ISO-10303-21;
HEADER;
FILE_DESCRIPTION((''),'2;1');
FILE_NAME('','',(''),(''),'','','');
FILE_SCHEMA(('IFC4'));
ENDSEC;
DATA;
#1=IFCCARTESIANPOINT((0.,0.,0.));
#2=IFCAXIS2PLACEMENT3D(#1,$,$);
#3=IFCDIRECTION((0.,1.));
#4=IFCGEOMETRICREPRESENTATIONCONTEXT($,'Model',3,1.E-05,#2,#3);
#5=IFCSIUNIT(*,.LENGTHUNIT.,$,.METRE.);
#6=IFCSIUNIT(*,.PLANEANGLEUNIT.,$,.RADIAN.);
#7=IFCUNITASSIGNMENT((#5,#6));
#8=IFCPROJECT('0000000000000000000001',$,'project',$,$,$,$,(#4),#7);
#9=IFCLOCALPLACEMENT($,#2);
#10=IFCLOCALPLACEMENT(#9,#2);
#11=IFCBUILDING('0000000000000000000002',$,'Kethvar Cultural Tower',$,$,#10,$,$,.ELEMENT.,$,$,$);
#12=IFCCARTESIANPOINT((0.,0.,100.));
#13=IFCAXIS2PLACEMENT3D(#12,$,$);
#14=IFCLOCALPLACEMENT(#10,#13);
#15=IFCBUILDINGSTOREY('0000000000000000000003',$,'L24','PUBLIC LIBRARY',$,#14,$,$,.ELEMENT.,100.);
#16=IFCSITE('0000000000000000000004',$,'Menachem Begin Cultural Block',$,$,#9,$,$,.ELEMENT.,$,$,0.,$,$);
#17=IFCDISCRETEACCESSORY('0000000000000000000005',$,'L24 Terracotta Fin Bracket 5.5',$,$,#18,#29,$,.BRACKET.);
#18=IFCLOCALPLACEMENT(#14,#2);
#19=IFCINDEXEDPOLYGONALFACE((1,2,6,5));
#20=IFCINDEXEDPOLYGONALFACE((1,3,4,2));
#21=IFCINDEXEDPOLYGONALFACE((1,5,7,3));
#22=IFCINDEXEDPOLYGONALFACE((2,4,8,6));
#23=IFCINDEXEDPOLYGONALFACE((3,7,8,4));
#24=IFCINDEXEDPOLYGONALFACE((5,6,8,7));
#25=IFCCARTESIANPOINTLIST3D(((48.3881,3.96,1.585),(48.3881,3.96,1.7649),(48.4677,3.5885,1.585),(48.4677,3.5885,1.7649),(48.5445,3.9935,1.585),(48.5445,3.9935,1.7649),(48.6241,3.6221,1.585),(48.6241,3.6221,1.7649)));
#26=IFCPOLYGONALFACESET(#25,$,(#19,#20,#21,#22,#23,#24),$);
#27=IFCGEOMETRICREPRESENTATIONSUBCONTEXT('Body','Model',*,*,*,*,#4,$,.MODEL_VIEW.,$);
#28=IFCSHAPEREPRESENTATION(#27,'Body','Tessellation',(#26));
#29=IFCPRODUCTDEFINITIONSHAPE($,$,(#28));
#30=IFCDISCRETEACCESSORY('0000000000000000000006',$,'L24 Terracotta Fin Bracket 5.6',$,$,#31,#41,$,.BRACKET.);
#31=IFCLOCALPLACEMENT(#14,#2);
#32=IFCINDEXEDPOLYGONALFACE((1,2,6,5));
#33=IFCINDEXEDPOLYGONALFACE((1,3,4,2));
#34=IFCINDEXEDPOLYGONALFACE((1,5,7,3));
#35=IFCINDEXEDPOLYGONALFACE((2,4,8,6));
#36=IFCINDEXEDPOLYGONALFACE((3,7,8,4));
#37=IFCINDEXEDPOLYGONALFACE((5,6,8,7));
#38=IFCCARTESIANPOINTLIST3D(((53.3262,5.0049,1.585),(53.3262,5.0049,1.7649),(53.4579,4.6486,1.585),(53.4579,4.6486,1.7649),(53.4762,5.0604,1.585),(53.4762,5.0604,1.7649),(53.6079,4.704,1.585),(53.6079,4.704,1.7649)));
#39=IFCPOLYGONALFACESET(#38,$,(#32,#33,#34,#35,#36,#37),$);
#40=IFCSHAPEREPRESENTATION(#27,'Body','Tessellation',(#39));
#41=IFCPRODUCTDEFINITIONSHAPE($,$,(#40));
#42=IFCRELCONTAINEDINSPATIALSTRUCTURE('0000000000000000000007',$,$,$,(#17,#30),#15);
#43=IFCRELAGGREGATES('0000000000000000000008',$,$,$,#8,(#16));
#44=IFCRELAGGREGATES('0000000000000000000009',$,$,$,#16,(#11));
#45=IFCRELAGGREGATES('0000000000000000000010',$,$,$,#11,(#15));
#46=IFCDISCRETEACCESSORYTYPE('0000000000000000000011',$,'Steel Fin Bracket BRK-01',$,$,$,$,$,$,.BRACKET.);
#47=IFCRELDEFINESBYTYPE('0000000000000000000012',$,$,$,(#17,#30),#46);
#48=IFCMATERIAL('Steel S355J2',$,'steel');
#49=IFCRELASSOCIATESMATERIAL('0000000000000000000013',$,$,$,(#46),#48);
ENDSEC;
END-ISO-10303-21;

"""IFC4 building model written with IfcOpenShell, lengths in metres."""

from ifc_helpers import new_model, si_unit, direction, frame, origin, origin_2d, place, context, subcontext, project, spatial, rectangle, extrude, source, transform, mapped, material, type_object, element, save


model = new_model("IFC4")

# Units and contexts
model_context = context("Model", 3, precision=1e-05, world=origin(), true_north=direction((0.0, 1.0)))
body_context = subcontext(model_context, "Body", "Model", "MODEL_VIEW")
ifc_project = project(units=[si_unit("LENGTHUNIT", "METRE"), si_unit("PLANEANGLEUNIT", "RADIAN")], contexts=[model_context])

# Site, building, storey
site_placement = place(None, origin())
site = spatial("IfcSite", under=ifc_project, at=site_placement, Name="Menachem Begin Cultural Block", CompositionType="ELEMENT", RefElevation=0.0)
building_placement = place(site_placement, origin())
building = spatial("IfcBuilding", under=site, at=building_placement, Name="Kethvar Cultural Tower", CompositionType="ELEMENT")
storey_placement = place(building_placement, frame((0.0, 0.0, 100.0)))
storey = spatial("IfcBuildingStorey", under=building, at=storey_placement, Name="L24", Description="PUBLIC LIBRARY", CompositionType="ELEMENT", Elevation=100.0)

# Shared definitions
ifc_material_1 = material(Name="Steel S355J2", Category="steel")

# Discrete accessories
discrete_accessory_type = type_object("IfcDiscreteAccessoryType", Name="Steel Fin Bracket BRK-01", PredefinedType="BRACKET", material=ifc_material_1)
shared_shape_1 = source(origin(), body_context, "Body", "SweptSolid", [
    extrude(rectangle(XDim=0.3799, YDim=0.1599, at=origin_2d()), origin(), (0.0, 0.0, 1.0), 0.1799),
])
for number, where, z_axis, x_axis, name in (
    (1, (48.5061, 3.791, 1.585), (0.0, 0.0, 1.0), (0.209619, -0.977783, 0.0), "L24 Terracotta Fin Bracket 5.5"),
    (2, (53.467, 4.8545, 1.585), (0.0, 0.0, 1.0), (0.346608, -0.93801, 0.0), "L24 Terracotta Fin Bracket 5.6"),
):
    element("IfcDiscreteAccessory", number, at=place(storey_placement, frame(where, z_axis=z_axis, x_axis=x_axis)), inside=storey, type_object=discrete_accessory_type, Name=name, PredefinedType="BRACKET", context=body_context, shape_type="MappedRepresentation", body=[
        mapped(shared_shape_1, transform((0.0, 0.0, 0.0), scale=1.0)),
    ])

save(model, "model.ifc")
